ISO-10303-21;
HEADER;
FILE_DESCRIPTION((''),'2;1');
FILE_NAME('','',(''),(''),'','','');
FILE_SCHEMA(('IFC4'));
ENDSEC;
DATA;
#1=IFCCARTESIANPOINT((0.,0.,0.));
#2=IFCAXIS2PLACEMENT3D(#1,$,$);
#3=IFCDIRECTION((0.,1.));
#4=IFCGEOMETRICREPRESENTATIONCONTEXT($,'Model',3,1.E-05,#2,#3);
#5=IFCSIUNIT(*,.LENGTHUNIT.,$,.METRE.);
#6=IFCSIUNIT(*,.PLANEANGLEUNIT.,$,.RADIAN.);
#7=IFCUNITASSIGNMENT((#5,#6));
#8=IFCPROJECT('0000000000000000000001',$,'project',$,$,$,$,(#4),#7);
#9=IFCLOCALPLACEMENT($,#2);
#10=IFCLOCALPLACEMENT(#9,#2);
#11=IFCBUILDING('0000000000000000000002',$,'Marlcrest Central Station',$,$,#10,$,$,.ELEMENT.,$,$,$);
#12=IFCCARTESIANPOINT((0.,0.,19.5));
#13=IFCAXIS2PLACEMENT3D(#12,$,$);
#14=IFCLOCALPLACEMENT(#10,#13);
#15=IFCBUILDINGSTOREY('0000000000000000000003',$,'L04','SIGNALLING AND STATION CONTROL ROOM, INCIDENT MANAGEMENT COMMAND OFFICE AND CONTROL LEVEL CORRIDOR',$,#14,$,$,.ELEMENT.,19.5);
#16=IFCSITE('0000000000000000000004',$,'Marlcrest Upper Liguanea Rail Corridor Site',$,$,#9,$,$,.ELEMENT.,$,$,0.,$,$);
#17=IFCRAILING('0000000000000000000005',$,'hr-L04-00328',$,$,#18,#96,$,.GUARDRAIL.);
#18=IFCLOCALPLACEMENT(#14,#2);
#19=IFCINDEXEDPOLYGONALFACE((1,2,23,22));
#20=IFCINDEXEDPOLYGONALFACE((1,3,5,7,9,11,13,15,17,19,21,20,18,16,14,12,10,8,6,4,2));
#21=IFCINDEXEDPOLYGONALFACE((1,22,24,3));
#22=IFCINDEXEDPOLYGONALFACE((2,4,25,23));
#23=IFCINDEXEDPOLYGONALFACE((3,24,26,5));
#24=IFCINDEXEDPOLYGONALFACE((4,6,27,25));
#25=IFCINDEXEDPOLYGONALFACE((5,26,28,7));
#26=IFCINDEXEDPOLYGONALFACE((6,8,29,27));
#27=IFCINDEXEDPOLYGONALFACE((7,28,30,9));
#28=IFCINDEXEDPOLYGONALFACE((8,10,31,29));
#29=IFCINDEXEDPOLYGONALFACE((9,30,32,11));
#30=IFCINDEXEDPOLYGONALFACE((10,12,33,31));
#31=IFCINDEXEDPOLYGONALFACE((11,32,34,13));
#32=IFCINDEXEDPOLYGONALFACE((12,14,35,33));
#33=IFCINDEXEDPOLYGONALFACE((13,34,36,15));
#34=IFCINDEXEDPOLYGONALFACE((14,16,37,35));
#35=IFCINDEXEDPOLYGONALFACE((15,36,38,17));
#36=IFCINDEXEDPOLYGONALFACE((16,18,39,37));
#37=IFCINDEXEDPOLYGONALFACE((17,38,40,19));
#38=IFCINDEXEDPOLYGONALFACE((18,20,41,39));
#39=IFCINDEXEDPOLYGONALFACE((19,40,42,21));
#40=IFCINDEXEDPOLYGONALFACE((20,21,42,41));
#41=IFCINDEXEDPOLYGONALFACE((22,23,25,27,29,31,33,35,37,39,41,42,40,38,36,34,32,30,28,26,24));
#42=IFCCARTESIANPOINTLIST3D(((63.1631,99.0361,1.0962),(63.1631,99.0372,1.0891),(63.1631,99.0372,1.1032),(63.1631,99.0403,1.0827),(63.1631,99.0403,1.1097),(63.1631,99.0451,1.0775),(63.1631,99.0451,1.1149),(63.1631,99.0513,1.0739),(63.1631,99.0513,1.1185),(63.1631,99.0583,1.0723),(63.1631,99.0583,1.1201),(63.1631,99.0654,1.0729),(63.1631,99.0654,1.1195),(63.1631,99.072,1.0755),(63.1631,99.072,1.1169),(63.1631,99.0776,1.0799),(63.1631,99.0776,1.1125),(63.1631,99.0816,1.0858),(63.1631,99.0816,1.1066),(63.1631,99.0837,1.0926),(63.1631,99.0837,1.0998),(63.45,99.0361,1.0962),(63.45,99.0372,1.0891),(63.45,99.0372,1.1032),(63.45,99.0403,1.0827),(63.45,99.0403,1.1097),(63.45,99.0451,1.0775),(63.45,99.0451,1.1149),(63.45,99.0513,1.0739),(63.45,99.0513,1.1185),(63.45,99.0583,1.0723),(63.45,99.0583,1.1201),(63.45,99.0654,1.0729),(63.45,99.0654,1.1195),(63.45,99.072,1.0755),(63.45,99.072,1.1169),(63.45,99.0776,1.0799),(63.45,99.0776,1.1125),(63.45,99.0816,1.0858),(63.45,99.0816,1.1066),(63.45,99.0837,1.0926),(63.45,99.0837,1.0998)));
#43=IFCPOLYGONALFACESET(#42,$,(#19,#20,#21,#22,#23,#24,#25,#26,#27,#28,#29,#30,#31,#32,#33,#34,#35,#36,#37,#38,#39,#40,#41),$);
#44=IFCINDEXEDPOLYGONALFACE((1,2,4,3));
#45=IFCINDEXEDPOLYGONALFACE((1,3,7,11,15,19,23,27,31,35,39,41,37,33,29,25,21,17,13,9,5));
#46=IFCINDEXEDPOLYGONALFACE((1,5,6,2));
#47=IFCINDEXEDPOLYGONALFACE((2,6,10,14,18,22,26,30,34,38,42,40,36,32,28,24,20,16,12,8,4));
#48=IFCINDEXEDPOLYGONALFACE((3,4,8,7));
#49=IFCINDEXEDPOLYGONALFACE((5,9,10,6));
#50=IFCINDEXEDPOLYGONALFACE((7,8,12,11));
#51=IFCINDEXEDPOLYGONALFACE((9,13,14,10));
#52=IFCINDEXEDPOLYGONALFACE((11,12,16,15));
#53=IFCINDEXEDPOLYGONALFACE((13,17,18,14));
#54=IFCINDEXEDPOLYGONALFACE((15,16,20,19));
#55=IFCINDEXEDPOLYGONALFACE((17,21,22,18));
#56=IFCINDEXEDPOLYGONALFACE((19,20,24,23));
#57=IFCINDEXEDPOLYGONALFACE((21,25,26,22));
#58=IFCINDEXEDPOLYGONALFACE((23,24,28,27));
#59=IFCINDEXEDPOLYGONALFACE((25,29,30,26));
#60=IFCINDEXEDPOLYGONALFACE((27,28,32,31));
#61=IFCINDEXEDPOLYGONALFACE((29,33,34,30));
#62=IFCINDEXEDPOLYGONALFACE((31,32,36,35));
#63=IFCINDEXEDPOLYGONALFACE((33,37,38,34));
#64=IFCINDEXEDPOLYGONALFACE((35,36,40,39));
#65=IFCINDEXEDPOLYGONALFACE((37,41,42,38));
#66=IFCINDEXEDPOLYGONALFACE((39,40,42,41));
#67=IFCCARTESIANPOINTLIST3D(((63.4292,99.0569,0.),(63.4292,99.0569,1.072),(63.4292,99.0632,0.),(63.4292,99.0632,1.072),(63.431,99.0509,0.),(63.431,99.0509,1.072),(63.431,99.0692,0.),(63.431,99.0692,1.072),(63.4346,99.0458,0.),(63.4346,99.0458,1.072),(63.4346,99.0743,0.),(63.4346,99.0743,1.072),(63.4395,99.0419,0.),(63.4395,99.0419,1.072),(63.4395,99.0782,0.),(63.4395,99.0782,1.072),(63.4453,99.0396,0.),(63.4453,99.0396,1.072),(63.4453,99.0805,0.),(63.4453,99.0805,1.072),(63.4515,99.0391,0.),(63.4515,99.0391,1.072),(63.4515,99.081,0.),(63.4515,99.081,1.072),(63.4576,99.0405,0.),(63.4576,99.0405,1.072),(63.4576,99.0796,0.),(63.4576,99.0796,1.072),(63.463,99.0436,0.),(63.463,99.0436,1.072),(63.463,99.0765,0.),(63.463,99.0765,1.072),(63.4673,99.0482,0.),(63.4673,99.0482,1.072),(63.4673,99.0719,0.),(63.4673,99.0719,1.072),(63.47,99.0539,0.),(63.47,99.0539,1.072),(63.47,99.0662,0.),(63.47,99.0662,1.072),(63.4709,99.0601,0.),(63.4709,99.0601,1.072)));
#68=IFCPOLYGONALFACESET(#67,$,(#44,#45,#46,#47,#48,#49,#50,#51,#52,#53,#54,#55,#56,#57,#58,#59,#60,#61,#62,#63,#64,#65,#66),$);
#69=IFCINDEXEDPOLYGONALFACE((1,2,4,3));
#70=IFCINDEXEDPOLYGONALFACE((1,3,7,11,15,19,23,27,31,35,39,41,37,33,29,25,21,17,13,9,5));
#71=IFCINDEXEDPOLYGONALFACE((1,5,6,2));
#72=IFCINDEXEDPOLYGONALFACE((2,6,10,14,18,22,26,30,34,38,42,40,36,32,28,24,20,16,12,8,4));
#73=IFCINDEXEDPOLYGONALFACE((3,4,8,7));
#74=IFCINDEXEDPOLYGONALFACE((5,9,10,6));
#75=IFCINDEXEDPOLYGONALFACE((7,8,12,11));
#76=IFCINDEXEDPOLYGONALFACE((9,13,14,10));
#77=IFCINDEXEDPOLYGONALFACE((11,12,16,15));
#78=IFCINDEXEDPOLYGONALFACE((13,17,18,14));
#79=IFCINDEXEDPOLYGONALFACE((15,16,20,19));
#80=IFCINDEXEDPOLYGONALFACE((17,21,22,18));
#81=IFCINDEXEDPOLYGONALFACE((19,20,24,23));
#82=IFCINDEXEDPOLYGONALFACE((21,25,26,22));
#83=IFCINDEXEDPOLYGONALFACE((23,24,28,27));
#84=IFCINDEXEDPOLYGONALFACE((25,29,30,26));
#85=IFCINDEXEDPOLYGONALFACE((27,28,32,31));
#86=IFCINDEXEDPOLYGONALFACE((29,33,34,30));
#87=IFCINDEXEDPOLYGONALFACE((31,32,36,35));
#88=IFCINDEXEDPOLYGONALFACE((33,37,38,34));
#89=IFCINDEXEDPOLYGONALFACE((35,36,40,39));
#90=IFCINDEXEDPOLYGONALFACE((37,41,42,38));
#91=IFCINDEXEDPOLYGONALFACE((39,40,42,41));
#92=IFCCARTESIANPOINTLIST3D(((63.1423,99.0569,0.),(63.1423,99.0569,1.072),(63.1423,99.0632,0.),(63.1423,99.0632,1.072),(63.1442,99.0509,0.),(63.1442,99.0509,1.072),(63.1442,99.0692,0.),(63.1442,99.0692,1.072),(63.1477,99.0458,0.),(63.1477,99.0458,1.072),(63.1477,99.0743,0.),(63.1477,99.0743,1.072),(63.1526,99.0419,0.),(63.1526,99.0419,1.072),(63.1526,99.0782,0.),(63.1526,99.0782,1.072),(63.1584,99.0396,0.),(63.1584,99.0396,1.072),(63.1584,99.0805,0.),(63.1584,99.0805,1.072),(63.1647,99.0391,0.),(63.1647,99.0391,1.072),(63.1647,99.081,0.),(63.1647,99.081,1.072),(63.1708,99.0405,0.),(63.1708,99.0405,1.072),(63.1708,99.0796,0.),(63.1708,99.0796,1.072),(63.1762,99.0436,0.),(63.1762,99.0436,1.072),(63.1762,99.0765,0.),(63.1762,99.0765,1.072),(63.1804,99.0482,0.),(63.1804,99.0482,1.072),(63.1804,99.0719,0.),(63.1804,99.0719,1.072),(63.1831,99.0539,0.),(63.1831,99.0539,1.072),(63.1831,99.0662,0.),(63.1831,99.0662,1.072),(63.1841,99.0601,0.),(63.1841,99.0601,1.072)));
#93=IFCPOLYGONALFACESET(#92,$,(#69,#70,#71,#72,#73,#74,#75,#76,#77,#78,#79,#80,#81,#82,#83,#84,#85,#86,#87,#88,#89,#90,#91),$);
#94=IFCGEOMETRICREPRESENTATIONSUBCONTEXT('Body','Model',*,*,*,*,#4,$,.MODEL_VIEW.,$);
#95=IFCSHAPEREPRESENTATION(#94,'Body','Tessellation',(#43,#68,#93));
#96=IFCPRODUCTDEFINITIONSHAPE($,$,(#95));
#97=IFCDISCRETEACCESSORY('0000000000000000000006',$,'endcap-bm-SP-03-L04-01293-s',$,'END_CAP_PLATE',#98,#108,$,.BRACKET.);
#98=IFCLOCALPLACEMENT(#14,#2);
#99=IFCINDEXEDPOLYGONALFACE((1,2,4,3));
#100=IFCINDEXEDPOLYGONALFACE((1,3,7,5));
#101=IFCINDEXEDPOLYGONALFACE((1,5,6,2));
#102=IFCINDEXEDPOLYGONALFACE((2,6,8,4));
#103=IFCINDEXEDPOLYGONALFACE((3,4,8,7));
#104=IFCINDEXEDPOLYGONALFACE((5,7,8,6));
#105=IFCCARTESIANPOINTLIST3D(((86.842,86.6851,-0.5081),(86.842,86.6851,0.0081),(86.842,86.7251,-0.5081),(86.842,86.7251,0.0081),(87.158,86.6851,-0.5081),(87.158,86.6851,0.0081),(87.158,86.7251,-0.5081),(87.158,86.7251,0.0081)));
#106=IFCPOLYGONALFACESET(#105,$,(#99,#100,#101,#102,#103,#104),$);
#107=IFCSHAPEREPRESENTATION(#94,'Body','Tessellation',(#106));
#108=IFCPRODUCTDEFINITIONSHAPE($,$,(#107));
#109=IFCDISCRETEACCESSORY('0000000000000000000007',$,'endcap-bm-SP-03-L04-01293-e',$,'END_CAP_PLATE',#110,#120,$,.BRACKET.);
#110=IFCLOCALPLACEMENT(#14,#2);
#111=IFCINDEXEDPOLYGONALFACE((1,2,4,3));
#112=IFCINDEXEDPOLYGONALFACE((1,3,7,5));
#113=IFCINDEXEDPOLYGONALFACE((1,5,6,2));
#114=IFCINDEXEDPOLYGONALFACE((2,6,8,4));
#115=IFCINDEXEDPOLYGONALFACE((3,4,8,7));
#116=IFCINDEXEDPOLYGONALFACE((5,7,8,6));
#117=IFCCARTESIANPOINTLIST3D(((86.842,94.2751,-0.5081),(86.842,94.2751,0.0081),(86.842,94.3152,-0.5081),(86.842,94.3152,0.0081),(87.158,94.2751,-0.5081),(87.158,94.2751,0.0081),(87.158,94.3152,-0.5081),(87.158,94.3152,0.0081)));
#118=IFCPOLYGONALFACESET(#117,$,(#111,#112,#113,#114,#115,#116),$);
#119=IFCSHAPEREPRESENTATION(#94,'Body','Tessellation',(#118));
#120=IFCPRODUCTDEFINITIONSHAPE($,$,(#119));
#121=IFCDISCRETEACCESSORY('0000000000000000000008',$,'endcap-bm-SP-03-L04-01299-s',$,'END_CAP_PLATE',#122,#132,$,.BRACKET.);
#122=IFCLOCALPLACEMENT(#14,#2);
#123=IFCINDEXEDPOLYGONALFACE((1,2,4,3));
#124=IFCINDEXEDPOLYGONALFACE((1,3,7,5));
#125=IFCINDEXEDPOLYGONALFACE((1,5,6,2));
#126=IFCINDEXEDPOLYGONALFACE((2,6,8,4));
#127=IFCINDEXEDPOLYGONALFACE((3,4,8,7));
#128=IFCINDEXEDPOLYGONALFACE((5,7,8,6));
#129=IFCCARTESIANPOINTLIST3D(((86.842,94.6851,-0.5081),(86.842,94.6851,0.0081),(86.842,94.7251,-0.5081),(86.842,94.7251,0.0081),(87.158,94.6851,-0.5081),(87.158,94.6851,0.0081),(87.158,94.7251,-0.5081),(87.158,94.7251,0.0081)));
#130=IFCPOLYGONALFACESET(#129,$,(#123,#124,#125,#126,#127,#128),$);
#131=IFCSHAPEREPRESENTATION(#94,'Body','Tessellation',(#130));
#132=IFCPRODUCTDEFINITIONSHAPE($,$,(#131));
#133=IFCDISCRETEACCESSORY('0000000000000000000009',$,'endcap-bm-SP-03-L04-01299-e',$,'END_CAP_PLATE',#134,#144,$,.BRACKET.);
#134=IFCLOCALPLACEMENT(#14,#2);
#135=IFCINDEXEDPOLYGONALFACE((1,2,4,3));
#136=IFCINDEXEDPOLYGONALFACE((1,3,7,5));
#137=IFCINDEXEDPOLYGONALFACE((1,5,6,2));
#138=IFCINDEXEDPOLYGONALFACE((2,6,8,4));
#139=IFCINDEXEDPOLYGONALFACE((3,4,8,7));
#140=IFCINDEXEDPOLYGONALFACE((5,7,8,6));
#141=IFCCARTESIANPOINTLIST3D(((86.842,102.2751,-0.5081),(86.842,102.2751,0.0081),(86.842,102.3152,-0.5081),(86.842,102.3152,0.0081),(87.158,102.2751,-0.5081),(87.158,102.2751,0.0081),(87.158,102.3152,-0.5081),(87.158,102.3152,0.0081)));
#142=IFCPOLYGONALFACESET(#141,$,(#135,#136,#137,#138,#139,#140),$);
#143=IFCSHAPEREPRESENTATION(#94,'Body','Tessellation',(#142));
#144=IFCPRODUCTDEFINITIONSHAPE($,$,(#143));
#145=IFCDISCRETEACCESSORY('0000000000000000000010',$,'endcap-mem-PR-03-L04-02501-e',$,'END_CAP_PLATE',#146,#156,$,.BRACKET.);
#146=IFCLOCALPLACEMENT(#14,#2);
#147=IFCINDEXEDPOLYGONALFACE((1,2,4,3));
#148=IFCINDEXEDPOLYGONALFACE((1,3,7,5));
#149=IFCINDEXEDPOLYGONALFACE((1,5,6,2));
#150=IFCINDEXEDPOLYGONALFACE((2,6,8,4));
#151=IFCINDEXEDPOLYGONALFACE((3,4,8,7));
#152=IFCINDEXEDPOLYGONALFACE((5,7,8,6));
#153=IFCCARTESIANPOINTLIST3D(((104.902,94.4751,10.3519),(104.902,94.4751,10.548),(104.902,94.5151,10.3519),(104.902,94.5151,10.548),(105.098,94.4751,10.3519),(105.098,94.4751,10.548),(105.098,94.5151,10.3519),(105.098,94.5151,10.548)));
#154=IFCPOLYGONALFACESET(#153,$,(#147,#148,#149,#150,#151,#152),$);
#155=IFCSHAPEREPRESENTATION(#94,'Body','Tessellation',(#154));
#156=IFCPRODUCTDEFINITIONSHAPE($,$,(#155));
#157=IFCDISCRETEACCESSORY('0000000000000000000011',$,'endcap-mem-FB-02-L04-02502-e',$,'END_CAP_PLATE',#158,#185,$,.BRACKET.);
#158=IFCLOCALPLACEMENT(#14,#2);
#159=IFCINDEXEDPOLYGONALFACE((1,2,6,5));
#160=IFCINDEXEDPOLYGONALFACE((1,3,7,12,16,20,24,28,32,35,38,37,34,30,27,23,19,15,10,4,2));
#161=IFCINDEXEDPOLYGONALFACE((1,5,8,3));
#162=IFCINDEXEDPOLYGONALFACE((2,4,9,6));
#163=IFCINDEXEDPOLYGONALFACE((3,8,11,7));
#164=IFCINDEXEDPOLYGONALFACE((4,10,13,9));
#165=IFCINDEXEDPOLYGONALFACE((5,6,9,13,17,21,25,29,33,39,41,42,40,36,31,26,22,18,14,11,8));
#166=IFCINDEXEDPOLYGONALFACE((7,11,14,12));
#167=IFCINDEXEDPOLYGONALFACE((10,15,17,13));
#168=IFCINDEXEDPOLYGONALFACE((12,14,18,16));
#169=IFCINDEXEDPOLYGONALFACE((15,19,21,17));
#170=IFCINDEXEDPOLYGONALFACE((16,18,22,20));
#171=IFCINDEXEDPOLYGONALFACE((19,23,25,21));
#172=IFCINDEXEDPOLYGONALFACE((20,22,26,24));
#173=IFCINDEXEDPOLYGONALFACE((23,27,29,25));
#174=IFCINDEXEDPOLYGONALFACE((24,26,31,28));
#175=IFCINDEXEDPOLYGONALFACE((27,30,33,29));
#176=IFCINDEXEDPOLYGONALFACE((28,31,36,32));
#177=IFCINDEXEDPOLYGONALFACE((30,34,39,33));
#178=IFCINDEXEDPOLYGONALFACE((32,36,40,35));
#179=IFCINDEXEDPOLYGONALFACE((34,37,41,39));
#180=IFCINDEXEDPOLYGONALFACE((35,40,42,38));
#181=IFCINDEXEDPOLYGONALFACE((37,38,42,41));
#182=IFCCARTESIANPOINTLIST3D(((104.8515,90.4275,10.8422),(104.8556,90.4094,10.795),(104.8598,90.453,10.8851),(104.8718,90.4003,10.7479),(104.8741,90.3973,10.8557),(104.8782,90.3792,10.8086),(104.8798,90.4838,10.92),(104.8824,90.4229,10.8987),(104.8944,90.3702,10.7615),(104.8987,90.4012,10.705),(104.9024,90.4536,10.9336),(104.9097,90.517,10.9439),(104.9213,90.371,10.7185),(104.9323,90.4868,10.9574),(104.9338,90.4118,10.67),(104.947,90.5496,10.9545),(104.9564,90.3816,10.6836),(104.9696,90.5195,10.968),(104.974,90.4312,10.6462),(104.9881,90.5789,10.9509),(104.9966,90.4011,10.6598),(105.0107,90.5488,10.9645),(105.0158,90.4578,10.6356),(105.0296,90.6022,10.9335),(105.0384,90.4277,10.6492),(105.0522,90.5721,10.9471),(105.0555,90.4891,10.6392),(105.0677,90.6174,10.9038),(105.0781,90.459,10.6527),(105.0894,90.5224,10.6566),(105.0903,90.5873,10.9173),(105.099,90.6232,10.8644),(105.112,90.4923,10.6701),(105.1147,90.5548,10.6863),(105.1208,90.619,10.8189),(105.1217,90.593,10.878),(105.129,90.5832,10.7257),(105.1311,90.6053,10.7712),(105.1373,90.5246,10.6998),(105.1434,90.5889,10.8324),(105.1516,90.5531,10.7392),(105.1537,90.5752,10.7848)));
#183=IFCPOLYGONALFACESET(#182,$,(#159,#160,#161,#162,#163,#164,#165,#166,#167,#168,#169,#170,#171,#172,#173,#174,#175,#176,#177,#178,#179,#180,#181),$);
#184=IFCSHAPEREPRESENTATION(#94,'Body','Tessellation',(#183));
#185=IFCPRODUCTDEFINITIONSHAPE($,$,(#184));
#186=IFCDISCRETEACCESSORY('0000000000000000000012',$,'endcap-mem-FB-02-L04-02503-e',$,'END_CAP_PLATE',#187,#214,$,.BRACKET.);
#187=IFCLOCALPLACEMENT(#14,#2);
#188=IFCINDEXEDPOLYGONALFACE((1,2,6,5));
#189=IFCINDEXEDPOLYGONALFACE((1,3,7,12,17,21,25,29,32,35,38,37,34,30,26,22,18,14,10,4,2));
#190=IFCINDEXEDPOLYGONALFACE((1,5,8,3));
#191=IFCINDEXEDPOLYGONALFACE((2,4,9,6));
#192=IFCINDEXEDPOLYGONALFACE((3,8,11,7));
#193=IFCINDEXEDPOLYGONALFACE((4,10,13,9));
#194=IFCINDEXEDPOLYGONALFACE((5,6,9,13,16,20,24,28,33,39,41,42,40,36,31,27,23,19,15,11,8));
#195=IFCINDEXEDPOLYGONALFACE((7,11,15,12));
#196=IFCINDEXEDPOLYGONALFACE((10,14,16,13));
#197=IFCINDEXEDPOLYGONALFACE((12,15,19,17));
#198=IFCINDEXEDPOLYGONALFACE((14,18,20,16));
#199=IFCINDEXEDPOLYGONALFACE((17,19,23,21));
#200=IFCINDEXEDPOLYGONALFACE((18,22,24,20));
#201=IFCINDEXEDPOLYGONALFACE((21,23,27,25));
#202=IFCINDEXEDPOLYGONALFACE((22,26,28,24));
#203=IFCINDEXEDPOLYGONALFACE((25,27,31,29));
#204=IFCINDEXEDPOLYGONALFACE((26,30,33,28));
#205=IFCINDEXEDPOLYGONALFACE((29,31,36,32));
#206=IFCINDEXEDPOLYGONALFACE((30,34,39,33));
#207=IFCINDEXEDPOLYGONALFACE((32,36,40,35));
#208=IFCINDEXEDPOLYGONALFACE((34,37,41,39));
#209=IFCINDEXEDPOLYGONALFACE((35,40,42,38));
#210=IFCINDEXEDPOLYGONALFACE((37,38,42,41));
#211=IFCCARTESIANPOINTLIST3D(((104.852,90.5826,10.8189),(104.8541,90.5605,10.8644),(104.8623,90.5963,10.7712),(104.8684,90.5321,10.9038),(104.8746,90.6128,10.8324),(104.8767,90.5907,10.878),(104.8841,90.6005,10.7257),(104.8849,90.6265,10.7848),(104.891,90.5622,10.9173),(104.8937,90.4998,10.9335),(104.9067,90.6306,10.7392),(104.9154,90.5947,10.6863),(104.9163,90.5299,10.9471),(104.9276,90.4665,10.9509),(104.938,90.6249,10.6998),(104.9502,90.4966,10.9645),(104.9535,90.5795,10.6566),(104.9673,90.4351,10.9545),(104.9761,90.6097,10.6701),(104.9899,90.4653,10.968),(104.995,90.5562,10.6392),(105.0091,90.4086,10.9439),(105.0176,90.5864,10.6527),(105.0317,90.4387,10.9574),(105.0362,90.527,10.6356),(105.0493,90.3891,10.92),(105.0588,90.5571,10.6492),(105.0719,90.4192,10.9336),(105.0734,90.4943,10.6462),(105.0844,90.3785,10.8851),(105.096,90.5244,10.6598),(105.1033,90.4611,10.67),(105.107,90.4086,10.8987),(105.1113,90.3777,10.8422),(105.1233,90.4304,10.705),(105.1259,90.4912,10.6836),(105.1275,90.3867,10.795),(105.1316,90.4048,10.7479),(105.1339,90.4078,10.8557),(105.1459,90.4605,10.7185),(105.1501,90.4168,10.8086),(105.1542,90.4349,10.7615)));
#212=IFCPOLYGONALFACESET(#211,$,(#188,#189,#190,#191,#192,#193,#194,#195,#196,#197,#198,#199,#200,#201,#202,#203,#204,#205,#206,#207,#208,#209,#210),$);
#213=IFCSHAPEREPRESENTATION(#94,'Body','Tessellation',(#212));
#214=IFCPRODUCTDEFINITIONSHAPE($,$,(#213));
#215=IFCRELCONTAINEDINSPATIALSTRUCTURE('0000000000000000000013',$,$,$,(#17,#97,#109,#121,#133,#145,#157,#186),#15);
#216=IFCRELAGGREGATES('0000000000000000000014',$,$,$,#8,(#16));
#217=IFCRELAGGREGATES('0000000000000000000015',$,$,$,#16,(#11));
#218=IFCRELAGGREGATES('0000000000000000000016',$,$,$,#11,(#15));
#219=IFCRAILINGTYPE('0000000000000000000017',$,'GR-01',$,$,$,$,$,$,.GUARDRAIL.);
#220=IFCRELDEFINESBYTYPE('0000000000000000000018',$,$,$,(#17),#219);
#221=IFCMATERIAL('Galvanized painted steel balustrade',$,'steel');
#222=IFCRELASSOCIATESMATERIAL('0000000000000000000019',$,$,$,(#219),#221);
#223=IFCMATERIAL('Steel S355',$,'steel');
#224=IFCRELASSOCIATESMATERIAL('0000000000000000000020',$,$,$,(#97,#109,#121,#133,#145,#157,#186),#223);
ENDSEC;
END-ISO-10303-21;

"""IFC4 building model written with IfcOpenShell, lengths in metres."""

from ifc_helpers import new_model, si_unit, direction, frame, origin, origin_2d, place, context, subcontext, project, spatial, rectangle, circle, extrude, material, type_object, element, save


model = new_model("IFC4")

# Units and contexts
model_context = context("Model", 3, precision=1e-05, world=origin(), true_north=direction((0.0, 1.0)))
body_context = subcontext(model_context, "Body", "Model", "MODEL_VIEW")
ifc_project = project(units=[si_unit("LENGTHUNIT", "METRE"), si_unit("PLANEANGLEUNIT", "RADIAN")], contexts=[model_context])

# Site, building, storey
site_placement = place(None, origin())
site = spatial("IfcSite", under=ifc_project, at=site_placement, Name="Marlcrest Upper Liguanea Rail Corridor Site", CompositionType="ELEMENT", RefElevation=0.0)
building_placement = place(site_placement, origin())
building = spatial("IfcBuilding", under=site, at=building_placement, Name="Marlcrest Central Station", CompositionType="ELEMENT")
storey_placement = place(building_placement, frame((0.0, 0.0, 19.5)))
storey = spatial("IfcBuildingStorey", under=building, at=storey_placement, Name="L04", Description="SIGNALLING AND STATION CONTROL ROOM, INCIDENT MANAGEMENT COMMAND OFFICE AND CONTROL LEVEL CORRIDOR", CompositionType="ELEMENT", Elevation=19.5)

# Shared definitions
ifc_material_1 = material(Name="Steel S355", Category="steel")

# Railing
ifc_material_2 = material(Name="Galvanized painted steel balustrade", Category="steel")
railing_type = type_object("IfcRailingType", Name="GR-01", PredefinedType="GUARDRAIL", material=ifc_material_2)
railing_1_placement = place(storey_placement, frame((63.45, 99.0601, 0.0)))
element("IfcRailing", 1, at=railing_1_placement, inside=storey, type_object=railing_type, Name="hr-L04-00328", PredefinedType="GUARDRAIL", context=body_context, shape_type="SweptSolid", body=[
    extrude(circle(Radius=0.0239, at=origin_2d()), frame((0.0, 0.0, 1.0962), z_axis=(-1.0, 0.0, 0.0), x_axis=(0.0, -1.0, 0.0)), (0.0, 0.0, 1.0), 0.2869),
    extrude(circle(Radius=0.021, at=origin_2d()), origin(), (0.0, 0.0, 1.0), 1.072),
    extrude(circle(Radius=0.021, at=origin_2d()), frame((-0.2869, 0.0, 0.0)), (0.0, 0.0, 1.0), 1.072),
])

# Discrete accessories
for number, where, z_axis, x_axis, name in (
    (2, (87.0, 86.6851, -0.25), (0.0, 1.0, 0.0), (-1.0, 0.0, 0.0), "endcap-bm-SP-03-L04-01293-s"),
    (3, (87.0, 94.2751, -0.25), (0.0, 1.0, 0.0), (-1.0, 0.0, 0.0), "endcap-bm-SP-03-L04-01293-e"),
    (4, (87.0, 94.6851, -0.25), (0.0, 1.0, 0.0), (-1.0, 0.0, 0.0), "endcap-bm-SP-03-L04-01299-s"),
    (5, (87.0, 102.2751, -0.25), (0.0, 1.0, 0.0), (-1.0, 0.0, 0.0), "endcap-bm-SP-03-L04-01299-e"),
):
    element("IfcDiscreteAccessory", number, at=place(storey_placement, frame(where, z_axis=z_axis, x_axis=x_axis)), inside=storey, material=ifc_material_1, Name=name, ObjectType="END_CAP_PLATE", PredefinedType="BRACKET", context=body_context, shape_type="SweptSolid", body=[
        extrude(rectangle(XDim=0.3159, YDim=0.5161, at=origin_2d()), origin(), (0.0, 0.0, 1.0), 0.04),
    ])
discrete_accessory_1_placement = place(storey_placement, frame((105.0, 94.4751, 10.45), z_axis=(0.0, 1.0, 0.0), x_axis=(-1.0, 0.0, 0.0)))
element("IfcDiscreteAccessory", 6, at=discrete_accessory_1_placement, inside=storey, material=ifc_material_1, Name="endcap-mem-PR-03-L04-02501-e", ObjectType="END_CAP_PLATE", PredefinedType="BRACKET", context=body_context, shape_type="SweptSolid", body=[
    extrude(rectangle(XDim=0.196, YDim=0.196, at=origin_2d()), origin(), (0.0, 0.0, 1.0), 0.04),
])
for number, where, z_axis, x_axis, name in (
    (7, (105.0142, 90.4812, 10.8086), (-0.564531, 0.752708, -0.338728), (-0.8, -0.6, 0.0), "endcap-mem-FB-02-L04-02502-e"),
    (8, (105.0142, 90.5188, 10.8086), (-0.564531, -0.752708, -0.338728), (0.8, -0.6, 0.0), "endcap-mem-FB-02-L04-02503-e"),
):
    element("IfcDiscreteAccessory", number, at=place(storey_placement, frame(where, z_axis=z_axis, x_axis=x_axis)), inside=storey, material=ifc_material_1, Name=name, ObjectType="END_CAP_PLATE", PredefinedType="BRACKET", context=body_context, shape_type="SweptSolid", body=[
        extrude(circle(Radius=0.1699, at=origin_2d()), origin(), (0.0, 0.0, 1.0), 0.04),
    ])

save(model, "model.ifc")
